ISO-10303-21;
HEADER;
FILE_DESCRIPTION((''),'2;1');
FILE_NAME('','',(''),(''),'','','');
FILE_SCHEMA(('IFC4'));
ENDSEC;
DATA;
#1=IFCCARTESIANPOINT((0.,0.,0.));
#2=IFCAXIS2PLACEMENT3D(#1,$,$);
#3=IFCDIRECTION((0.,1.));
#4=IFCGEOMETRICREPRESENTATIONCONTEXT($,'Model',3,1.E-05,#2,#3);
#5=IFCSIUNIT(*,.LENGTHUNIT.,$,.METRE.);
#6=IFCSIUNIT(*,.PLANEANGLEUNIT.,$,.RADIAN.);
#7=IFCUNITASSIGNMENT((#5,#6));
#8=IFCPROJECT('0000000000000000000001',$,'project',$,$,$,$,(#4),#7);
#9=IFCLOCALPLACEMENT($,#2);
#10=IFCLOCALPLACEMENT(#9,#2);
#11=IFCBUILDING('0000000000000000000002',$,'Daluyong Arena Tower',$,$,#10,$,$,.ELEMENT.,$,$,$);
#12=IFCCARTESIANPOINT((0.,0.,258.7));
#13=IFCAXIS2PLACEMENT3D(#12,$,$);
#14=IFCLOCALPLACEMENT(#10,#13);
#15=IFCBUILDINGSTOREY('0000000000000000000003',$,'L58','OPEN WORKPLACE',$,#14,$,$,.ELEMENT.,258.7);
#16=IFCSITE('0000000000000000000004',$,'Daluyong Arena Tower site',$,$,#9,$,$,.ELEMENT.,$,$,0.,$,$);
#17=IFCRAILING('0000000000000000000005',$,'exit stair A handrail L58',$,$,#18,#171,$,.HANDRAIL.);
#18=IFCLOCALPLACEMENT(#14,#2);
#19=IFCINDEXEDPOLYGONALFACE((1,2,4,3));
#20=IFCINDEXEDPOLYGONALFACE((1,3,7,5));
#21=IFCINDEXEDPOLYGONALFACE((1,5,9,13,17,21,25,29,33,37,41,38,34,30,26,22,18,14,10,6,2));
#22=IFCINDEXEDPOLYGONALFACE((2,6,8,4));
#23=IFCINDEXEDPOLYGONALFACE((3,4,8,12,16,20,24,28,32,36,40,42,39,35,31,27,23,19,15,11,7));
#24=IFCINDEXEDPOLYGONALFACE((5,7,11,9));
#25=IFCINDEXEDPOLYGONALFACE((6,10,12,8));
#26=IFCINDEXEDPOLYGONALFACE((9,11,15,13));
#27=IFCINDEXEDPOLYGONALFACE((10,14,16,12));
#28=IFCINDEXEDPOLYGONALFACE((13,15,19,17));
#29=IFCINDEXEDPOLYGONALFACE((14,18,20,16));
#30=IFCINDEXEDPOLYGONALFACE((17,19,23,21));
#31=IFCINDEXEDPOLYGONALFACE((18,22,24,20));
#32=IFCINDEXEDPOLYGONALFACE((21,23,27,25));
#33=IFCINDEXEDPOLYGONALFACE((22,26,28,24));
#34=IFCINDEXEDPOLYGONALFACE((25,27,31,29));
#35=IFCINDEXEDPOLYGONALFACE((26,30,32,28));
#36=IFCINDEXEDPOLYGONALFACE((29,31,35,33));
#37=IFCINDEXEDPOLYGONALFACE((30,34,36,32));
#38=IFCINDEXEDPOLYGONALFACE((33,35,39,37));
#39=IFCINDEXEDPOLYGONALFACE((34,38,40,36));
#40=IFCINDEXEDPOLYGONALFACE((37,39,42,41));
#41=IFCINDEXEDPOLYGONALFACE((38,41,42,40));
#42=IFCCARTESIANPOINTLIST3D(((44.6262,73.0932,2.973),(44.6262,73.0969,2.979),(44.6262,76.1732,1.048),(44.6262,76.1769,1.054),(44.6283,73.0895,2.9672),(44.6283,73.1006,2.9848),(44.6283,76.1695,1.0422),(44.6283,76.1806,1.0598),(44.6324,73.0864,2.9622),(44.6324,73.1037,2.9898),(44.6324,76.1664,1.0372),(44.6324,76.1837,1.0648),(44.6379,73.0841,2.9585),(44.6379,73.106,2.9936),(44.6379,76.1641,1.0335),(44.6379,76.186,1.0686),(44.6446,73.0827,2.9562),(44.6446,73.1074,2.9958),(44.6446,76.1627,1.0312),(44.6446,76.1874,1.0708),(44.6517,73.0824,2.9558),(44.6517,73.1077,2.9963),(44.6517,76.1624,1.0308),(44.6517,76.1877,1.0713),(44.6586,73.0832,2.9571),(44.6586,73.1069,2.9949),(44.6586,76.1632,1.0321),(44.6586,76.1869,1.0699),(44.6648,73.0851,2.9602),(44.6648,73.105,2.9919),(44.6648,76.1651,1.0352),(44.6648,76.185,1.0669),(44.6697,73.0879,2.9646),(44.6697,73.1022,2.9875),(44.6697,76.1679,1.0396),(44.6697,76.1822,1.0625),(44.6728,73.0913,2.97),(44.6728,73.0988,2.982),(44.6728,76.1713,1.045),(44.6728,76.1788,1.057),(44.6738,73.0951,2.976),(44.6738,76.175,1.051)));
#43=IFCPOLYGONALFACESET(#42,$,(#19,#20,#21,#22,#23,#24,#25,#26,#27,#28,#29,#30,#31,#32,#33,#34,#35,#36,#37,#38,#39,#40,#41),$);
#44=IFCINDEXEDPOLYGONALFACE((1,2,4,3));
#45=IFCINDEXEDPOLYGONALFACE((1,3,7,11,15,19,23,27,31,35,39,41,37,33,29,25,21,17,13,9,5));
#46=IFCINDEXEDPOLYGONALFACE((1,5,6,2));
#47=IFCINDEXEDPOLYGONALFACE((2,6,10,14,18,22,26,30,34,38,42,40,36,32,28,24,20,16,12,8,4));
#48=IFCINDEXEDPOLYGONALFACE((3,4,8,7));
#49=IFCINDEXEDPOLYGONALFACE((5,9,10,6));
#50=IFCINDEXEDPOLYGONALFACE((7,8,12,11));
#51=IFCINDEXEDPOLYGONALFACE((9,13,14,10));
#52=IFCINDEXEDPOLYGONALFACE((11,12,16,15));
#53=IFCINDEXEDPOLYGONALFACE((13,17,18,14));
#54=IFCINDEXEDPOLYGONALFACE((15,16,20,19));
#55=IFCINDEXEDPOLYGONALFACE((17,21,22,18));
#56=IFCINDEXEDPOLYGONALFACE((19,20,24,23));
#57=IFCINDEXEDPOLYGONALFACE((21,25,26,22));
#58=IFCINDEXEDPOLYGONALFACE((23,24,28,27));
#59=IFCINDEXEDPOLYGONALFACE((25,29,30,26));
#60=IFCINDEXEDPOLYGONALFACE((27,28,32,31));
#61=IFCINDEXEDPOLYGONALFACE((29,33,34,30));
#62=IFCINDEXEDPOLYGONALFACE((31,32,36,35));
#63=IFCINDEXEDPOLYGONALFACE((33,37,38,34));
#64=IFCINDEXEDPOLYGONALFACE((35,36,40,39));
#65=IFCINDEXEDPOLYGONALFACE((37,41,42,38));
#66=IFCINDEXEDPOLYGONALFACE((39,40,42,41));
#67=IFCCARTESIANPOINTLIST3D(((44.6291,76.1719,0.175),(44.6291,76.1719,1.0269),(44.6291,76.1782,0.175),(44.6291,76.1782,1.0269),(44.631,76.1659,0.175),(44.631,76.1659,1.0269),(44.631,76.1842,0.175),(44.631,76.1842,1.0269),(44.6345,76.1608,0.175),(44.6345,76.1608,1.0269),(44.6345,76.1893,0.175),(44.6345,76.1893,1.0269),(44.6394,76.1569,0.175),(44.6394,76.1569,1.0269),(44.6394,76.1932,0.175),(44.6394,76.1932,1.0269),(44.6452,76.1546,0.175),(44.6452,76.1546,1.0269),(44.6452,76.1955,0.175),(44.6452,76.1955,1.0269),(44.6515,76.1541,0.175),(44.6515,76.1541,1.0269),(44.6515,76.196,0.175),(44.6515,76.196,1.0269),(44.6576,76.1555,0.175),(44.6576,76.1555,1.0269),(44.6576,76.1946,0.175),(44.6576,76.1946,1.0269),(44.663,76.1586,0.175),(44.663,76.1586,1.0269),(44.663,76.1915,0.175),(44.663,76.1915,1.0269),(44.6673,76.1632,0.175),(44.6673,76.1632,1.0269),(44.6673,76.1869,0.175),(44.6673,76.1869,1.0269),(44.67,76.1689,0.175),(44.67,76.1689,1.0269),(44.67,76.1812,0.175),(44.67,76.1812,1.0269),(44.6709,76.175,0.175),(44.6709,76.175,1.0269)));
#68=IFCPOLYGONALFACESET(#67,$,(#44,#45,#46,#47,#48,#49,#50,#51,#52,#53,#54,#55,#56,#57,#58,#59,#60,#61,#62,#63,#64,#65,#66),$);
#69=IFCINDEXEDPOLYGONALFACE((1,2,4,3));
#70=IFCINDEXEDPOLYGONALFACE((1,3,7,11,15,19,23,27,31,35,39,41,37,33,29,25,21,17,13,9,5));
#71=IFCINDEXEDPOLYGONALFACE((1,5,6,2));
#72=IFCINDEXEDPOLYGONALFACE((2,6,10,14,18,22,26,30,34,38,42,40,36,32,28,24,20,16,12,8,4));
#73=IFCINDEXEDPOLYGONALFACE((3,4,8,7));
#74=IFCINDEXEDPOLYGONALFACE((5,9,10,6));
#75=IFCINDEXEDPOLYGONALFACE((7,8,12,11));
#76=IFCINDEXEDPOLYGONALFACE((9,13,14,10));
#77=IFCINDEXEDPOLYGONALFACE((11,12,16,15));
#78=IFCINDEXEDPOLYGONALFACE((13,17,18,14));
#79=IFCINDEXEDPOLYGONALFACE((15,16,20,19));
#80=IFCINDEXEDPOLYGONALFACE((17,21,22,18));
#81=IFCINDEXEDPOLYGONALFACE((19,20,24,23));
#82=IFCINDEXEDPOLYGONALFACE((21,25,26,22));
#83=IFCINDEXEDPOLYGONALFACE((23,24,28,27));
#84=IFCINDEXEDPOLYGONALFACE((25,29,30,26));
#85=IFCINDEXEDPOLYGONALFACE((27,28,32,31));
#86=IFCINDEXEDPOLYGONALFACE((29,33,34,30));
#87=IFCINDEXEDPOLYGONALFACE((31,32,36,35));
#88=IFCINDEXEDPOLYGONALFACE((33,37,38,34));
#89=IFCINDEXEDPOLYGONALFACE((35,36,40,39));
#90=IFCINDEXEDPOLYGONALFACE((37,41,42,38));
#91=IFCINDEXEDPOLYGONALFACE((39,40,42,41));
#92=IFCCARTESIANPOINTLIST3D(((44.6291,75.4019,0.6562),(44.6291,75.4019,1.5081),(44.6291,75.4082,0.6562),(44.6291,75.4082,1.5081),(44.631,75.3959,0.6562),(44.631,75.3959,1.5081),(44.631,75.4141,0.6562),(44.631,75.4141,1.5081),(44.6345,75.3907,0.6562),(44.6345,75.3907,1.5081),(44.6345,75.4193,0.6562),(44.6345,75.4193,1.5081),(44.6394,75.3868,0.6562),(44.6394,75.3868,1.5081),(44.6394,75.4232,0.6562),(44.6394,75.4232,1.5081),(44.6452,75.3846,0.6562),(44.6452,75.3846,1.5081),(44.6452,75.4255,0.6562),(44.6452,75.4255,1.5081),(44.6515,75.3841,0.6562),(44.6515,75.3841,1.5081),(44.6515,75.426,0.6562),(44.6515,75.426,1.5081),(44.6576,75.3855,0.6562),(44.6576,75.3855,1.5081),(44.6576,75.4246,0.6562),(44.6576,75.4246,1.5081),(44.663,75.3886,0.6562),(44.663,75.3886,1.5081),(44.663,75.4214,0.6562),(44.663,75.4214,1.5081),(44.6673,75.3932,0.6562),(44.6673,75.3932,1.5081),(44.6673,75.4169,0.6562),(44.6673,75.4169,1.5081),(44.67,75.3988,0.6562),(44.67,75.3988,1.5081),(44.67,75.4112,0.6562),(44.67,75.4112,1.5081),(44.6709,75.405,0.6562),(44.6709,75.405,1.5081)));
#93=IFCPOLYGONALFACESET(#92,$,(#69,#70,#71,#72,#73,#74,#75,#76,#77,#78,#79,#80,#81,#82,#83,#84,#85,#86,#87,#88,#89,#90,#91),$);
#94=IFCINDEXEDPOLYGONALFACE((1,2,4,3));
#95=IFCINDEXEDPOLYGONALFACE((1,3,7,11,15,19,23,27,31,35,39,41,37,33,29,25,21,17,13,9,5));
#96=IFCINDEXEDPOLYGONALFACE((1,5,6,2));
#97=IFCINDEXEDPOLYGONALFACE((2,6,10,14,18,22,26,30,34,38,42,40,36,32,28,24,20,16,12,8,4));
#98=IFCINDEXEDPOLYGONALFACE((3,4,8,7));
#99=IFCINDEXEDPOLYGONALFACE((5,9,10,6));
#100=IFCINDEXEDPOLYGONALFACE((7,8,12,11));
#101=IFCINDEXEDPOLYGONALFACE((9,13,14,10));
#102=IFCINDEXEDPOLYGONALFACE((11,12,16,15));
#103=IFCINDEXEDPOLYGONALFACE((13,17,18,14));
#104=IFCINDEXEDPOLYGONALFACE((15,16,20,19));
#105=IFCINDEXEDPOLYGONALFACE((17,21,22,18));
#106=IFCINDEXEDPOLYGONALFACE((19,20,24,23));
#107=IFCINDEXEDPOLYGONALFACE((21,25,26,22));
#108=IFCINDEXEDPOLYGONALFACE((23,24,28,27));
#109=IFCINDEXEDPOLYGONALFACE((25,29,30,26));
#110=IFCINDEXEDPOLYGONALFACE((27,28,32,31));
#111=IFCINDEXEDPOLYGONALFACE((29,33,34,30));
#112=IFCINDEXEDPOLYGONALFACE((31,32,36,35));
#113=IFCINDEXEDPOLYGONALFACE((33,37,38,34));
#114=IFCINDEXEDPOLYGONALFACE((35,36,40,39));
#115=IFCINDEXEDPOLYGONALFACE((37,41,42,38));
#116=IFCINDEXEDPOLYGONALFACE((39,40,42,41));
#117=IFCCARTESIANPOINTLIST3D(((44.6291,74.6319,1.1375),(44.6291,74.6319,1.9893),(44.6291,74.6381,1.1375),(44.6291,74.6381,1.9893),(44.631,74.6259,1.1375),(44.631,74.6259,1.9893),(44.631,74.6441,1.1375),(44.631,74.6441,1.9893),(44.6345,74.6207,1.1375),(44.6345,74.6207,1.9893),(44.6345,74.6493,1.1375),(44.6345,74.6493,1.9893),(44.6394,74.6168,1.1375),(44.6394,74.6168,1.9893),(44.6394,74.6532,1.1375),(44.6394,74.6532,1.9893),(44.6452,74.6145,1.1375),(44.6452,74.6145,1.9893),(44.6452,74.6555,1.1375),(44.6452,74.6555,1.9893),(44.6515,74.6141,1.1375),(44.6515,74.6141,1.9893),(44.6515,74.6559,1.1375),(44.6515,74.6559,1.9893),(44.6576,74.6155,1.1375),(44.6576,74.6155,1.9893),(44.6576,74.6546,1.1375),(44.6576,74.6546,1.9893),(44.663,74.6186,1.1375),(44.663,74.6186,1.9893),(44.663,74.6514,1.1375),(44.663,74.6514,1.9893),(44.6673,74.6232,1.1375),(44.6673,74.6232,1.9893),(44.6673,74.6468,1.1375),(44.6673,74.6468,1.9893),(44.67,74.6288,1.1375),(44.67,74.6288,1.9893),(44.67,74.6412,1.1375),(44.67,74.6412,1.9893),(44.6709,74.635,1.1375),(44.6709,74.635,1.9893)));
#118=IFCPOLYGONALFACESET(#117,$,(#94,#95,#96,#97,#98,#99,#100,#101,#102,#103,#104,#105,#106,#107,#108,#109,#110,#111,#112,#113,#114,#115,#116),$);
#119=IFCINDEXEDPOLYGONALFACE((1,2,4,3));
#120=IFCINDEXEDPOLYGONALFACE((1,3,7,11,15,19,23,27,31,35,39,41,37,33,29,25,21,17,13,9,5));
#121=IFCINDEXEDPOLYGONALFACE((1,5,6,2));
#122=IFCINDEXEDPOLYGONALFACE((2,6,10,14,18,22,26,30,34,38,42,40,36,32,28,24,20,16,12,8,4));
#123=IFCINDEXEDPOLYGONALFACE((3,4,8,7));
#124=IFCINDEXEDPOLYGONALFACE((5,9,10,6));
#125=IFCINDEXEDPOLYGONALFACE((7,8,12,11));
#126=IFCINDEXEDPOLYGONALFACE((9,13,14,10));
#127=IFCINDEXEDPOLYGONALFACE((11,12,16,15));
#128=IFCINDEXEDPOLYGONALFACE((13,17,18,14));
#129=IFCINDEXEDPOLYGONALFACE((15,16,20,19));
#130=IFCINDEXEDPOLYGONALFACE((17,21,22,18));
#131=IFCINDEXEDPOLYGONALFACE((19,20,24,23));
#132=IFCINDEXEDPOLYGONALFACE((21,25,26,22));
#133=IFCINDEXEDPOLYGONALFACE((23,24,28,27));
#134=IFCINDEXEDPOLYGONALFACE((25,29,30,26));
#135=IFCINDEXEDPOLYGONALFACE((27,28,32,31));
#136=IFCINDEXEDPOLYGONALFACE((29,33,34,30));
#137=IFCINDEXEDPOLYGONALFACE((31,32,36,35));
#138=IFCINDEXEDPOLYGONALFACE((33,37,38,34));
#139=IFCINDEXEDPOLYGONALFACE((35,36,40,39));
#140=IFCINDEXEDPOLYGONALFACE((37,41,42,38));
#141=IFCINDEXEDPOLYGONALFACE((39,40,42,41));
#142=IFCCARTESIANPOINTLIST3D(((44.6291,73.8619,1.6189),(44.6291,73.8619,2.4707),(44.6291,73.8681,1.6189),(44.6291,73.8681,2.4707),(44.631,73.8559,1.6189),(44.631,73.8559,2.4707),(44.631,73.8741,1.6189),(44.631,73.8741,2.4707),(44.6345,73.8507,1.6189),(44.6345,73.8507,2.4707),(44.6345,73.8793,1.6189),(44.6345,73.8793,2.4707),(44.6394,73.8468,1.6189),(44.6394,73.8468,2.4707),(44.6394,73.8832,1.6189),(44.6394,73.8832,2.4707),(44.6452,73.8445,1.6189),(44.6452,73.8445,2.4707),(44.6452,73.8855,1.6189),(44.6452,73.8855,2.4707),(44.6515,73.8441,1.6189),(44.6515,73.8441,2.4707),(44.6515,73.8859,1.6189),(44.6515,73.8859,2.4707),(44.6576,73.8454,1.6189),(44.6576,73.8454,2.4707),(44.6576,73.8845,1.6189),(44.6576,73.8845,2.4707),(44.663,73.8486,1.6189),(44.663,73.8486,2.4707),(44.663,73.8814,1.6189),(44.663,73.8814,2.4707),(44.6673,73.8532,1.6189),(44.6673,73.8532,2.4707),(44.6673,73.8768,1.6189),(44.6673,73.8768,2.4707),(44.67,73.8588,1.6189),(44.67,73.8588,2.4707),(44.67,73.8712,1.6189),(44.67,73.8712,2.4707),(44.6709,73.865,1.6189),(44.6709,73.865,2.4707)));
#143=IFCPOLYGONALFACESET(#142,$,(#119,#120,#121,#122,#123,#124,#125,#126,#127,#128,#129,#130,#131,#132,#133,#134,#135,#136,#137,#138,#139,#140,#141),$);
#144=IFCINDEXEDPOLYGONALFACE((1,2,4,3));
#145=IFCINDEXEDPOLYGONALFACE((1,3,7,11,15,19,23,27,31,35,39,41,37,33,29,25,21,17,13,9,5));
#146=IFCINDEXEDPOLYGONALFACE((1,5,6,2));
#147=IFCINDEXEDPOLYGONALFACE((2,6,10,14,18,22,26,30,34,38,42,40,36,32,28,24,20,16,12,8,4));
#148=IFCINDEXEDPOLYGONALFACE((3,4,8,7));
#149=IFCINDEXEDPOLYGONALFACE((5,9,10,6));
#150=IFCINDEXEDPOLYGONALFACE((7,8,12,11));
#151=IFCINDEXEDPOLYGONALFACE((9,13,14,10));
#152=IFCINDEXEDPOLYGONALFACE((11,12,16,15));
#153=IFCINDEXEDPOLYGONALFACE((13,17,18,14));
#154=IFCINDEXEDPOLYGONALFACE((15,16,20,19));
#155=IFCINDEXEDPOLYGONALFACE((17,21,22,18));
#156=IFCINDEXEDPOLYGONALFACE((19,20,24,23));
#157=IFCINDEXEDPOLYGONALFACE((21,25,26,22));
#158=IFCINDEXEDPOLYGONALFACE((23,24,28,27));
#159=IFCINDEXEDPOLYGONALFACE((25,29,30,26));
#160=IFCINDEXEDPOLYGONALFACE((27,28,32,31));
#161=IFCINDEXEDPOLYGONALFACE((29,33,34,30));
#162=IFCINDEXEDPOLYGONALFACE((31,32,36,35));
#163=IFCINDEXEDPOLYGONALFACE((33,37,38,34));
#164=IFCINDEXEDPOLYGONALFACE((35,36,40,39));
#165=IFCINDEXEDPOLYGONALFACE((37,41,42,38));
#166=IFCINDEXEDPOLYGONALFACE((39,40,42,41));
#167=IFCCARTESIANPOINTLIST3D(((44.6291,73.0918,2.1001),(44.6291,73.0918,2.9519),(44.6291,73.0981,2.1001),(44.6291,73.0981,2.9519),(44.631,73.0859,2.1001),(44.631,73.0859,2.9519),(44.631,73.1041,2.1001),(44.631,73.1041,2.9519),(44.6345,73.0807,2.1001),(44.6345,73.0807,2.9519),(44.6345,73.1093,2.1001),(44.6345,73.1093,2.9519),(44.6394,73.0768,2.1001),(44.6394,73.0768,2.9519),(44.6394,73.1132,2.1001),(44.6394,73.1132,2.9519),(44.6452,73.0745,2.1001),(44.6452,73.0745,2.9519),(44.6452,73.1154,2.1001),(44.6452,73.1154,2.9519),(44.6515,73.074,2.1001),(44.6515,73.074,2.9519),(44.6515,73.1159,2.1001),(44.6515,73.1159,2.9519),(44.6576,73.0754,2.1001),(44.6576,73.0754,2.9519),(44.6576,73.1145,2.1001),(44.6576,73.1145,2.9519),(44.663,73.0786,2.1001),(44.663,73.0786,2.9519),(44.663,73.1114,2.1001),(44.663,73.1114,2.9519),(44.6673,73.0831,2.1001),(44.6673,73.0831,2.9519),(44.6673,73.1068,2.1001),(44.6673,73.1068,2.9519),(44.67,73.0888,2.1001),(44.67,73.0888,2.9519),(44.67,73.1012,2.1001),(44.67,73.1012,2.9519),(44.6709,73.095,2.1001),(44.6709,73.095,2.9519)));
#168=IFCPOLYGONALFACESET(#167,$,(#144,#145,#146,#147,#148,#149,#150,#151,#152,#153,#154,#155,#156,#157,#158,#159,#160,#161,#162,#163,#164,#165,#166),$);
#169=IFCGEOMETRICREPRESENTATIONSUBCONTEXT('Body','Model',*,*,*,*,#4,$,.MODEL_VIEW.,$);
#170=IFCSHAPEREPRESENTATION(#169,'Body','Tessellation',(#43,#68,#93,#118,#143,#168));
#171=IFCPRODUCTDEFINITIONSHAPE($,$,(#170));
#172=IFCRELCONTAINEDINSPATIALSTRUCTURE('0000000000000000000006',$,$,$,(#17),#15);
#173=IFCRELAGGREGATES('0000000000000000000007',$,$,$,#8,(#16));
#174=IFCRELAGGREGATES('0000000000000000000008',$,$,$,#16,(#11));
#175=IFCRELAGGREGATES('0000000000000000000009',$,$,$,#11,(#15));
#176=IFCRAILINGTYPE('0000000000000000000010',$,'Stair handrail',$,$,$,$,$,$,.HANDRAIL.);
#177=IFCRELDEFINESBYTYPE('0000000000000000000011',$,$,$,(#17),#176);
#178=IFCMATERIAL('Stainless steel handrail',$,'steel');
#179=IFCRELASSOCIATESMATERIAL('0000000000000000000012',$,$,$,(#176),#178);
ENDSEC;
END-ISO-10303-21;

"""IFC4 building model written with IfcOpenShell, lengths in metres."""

from ifc_helpers import new_model, si_unit, direction, frame, origin, origin_2d, place, context, subcontext, project, spatial, circle, extrude, material, type_object, element, save


model = new_model("IFC4")

# Units and contexts
model_context = context("Model", 3, precision=1e-05, world=origin(), true_north=direction((0.0, 1.0)))
body_context = subcontext(model_context, "Body", "Model", "MODEL_VIEW")
ifc_project = project(units=[si_unit("LENGTHUNIT", "METRE"), si_unit("PLANEANGLEUNIT", "RADIAN")], contexts=[model_context])

# Site, building, storey
site_placement = place(None, origin())
site = spatial("IfcSite", under=ifc_project, at=site_placement, Name="Daluyong Arena Tower site", CompositionType="ELEMENT", RefElevation=0.0)
building_placement = place(site_placement, origin())
building = spatial("IfcBuilding", under=site, at=building_placement, Name="Daluyong Arena Tower", CompositionType="ELEMENT")
storey_placement = place(building_placement, frame((0.0, 0.0, 258.7)))
storey = spatial("IfcBuildingStorey", under=building, at=storey_placement, Name="L58", Description="OPEN WORKPLACE", CompositionType="ELEMENT", Elevation=258.7)

# Railing
ifc_material_1 = material(Name="Stainless steel handrail", Category="steel")
railing_type_1 = type_object("IfcRailingType", Name="Stair handrail", PredefinedType="HANDRAIL", material=ifc_material_1)
railing_1_placement = place(storey_placement, frame((44.6499, 76.175, 0.175)))
element("IfcRailing", 1, at=railing_1_placement, inside=storey, type_object=railing_type_1, Name="exit stair A handrail L58", PredefinedType="HANDRAIL", context=body_context, shape_type="SweptSolid", body=[
    extrude(circle(Radius=0.0239, at=origin_2d()), frame((0.0, 0.0, 0.876), z_axis=(0.0, -0.847998, 0.529999), x_axis=(1.0, 0.0, 0.0)), (0.0, 0.0, 1.0), 3.6321),
    extrude(circle(Radius=0.021, at=origin_2d()), origin(), (0.0, 0.0, 1.0), 0.8518),
    extrude(circle(Radius=0.021, at=origin_2d()), frame((0.0, -0.77, 0.4812)), (0.0, 0.0, 1.0), 0.8518),
    extrude(circle(Radius=0.021, at=origin_2d()), frame((0.0, -1.54, 0.9624)), (0.0, 0.0, 1.0), 0.8518),
    extrude(circle(Radius=0.021, at=origin_2d()), frame((0.0, -2.3101, 1.4438)), (0.0, 0.0, 1.0), 0.8518),
    extrude(circle(Radius=0.021, at=origin_2d()), frame((0.0, -3.0801, 1.925)), (0.0, 0.0, 1.0), 0.8518),
])

save(model, "model.ifc")
